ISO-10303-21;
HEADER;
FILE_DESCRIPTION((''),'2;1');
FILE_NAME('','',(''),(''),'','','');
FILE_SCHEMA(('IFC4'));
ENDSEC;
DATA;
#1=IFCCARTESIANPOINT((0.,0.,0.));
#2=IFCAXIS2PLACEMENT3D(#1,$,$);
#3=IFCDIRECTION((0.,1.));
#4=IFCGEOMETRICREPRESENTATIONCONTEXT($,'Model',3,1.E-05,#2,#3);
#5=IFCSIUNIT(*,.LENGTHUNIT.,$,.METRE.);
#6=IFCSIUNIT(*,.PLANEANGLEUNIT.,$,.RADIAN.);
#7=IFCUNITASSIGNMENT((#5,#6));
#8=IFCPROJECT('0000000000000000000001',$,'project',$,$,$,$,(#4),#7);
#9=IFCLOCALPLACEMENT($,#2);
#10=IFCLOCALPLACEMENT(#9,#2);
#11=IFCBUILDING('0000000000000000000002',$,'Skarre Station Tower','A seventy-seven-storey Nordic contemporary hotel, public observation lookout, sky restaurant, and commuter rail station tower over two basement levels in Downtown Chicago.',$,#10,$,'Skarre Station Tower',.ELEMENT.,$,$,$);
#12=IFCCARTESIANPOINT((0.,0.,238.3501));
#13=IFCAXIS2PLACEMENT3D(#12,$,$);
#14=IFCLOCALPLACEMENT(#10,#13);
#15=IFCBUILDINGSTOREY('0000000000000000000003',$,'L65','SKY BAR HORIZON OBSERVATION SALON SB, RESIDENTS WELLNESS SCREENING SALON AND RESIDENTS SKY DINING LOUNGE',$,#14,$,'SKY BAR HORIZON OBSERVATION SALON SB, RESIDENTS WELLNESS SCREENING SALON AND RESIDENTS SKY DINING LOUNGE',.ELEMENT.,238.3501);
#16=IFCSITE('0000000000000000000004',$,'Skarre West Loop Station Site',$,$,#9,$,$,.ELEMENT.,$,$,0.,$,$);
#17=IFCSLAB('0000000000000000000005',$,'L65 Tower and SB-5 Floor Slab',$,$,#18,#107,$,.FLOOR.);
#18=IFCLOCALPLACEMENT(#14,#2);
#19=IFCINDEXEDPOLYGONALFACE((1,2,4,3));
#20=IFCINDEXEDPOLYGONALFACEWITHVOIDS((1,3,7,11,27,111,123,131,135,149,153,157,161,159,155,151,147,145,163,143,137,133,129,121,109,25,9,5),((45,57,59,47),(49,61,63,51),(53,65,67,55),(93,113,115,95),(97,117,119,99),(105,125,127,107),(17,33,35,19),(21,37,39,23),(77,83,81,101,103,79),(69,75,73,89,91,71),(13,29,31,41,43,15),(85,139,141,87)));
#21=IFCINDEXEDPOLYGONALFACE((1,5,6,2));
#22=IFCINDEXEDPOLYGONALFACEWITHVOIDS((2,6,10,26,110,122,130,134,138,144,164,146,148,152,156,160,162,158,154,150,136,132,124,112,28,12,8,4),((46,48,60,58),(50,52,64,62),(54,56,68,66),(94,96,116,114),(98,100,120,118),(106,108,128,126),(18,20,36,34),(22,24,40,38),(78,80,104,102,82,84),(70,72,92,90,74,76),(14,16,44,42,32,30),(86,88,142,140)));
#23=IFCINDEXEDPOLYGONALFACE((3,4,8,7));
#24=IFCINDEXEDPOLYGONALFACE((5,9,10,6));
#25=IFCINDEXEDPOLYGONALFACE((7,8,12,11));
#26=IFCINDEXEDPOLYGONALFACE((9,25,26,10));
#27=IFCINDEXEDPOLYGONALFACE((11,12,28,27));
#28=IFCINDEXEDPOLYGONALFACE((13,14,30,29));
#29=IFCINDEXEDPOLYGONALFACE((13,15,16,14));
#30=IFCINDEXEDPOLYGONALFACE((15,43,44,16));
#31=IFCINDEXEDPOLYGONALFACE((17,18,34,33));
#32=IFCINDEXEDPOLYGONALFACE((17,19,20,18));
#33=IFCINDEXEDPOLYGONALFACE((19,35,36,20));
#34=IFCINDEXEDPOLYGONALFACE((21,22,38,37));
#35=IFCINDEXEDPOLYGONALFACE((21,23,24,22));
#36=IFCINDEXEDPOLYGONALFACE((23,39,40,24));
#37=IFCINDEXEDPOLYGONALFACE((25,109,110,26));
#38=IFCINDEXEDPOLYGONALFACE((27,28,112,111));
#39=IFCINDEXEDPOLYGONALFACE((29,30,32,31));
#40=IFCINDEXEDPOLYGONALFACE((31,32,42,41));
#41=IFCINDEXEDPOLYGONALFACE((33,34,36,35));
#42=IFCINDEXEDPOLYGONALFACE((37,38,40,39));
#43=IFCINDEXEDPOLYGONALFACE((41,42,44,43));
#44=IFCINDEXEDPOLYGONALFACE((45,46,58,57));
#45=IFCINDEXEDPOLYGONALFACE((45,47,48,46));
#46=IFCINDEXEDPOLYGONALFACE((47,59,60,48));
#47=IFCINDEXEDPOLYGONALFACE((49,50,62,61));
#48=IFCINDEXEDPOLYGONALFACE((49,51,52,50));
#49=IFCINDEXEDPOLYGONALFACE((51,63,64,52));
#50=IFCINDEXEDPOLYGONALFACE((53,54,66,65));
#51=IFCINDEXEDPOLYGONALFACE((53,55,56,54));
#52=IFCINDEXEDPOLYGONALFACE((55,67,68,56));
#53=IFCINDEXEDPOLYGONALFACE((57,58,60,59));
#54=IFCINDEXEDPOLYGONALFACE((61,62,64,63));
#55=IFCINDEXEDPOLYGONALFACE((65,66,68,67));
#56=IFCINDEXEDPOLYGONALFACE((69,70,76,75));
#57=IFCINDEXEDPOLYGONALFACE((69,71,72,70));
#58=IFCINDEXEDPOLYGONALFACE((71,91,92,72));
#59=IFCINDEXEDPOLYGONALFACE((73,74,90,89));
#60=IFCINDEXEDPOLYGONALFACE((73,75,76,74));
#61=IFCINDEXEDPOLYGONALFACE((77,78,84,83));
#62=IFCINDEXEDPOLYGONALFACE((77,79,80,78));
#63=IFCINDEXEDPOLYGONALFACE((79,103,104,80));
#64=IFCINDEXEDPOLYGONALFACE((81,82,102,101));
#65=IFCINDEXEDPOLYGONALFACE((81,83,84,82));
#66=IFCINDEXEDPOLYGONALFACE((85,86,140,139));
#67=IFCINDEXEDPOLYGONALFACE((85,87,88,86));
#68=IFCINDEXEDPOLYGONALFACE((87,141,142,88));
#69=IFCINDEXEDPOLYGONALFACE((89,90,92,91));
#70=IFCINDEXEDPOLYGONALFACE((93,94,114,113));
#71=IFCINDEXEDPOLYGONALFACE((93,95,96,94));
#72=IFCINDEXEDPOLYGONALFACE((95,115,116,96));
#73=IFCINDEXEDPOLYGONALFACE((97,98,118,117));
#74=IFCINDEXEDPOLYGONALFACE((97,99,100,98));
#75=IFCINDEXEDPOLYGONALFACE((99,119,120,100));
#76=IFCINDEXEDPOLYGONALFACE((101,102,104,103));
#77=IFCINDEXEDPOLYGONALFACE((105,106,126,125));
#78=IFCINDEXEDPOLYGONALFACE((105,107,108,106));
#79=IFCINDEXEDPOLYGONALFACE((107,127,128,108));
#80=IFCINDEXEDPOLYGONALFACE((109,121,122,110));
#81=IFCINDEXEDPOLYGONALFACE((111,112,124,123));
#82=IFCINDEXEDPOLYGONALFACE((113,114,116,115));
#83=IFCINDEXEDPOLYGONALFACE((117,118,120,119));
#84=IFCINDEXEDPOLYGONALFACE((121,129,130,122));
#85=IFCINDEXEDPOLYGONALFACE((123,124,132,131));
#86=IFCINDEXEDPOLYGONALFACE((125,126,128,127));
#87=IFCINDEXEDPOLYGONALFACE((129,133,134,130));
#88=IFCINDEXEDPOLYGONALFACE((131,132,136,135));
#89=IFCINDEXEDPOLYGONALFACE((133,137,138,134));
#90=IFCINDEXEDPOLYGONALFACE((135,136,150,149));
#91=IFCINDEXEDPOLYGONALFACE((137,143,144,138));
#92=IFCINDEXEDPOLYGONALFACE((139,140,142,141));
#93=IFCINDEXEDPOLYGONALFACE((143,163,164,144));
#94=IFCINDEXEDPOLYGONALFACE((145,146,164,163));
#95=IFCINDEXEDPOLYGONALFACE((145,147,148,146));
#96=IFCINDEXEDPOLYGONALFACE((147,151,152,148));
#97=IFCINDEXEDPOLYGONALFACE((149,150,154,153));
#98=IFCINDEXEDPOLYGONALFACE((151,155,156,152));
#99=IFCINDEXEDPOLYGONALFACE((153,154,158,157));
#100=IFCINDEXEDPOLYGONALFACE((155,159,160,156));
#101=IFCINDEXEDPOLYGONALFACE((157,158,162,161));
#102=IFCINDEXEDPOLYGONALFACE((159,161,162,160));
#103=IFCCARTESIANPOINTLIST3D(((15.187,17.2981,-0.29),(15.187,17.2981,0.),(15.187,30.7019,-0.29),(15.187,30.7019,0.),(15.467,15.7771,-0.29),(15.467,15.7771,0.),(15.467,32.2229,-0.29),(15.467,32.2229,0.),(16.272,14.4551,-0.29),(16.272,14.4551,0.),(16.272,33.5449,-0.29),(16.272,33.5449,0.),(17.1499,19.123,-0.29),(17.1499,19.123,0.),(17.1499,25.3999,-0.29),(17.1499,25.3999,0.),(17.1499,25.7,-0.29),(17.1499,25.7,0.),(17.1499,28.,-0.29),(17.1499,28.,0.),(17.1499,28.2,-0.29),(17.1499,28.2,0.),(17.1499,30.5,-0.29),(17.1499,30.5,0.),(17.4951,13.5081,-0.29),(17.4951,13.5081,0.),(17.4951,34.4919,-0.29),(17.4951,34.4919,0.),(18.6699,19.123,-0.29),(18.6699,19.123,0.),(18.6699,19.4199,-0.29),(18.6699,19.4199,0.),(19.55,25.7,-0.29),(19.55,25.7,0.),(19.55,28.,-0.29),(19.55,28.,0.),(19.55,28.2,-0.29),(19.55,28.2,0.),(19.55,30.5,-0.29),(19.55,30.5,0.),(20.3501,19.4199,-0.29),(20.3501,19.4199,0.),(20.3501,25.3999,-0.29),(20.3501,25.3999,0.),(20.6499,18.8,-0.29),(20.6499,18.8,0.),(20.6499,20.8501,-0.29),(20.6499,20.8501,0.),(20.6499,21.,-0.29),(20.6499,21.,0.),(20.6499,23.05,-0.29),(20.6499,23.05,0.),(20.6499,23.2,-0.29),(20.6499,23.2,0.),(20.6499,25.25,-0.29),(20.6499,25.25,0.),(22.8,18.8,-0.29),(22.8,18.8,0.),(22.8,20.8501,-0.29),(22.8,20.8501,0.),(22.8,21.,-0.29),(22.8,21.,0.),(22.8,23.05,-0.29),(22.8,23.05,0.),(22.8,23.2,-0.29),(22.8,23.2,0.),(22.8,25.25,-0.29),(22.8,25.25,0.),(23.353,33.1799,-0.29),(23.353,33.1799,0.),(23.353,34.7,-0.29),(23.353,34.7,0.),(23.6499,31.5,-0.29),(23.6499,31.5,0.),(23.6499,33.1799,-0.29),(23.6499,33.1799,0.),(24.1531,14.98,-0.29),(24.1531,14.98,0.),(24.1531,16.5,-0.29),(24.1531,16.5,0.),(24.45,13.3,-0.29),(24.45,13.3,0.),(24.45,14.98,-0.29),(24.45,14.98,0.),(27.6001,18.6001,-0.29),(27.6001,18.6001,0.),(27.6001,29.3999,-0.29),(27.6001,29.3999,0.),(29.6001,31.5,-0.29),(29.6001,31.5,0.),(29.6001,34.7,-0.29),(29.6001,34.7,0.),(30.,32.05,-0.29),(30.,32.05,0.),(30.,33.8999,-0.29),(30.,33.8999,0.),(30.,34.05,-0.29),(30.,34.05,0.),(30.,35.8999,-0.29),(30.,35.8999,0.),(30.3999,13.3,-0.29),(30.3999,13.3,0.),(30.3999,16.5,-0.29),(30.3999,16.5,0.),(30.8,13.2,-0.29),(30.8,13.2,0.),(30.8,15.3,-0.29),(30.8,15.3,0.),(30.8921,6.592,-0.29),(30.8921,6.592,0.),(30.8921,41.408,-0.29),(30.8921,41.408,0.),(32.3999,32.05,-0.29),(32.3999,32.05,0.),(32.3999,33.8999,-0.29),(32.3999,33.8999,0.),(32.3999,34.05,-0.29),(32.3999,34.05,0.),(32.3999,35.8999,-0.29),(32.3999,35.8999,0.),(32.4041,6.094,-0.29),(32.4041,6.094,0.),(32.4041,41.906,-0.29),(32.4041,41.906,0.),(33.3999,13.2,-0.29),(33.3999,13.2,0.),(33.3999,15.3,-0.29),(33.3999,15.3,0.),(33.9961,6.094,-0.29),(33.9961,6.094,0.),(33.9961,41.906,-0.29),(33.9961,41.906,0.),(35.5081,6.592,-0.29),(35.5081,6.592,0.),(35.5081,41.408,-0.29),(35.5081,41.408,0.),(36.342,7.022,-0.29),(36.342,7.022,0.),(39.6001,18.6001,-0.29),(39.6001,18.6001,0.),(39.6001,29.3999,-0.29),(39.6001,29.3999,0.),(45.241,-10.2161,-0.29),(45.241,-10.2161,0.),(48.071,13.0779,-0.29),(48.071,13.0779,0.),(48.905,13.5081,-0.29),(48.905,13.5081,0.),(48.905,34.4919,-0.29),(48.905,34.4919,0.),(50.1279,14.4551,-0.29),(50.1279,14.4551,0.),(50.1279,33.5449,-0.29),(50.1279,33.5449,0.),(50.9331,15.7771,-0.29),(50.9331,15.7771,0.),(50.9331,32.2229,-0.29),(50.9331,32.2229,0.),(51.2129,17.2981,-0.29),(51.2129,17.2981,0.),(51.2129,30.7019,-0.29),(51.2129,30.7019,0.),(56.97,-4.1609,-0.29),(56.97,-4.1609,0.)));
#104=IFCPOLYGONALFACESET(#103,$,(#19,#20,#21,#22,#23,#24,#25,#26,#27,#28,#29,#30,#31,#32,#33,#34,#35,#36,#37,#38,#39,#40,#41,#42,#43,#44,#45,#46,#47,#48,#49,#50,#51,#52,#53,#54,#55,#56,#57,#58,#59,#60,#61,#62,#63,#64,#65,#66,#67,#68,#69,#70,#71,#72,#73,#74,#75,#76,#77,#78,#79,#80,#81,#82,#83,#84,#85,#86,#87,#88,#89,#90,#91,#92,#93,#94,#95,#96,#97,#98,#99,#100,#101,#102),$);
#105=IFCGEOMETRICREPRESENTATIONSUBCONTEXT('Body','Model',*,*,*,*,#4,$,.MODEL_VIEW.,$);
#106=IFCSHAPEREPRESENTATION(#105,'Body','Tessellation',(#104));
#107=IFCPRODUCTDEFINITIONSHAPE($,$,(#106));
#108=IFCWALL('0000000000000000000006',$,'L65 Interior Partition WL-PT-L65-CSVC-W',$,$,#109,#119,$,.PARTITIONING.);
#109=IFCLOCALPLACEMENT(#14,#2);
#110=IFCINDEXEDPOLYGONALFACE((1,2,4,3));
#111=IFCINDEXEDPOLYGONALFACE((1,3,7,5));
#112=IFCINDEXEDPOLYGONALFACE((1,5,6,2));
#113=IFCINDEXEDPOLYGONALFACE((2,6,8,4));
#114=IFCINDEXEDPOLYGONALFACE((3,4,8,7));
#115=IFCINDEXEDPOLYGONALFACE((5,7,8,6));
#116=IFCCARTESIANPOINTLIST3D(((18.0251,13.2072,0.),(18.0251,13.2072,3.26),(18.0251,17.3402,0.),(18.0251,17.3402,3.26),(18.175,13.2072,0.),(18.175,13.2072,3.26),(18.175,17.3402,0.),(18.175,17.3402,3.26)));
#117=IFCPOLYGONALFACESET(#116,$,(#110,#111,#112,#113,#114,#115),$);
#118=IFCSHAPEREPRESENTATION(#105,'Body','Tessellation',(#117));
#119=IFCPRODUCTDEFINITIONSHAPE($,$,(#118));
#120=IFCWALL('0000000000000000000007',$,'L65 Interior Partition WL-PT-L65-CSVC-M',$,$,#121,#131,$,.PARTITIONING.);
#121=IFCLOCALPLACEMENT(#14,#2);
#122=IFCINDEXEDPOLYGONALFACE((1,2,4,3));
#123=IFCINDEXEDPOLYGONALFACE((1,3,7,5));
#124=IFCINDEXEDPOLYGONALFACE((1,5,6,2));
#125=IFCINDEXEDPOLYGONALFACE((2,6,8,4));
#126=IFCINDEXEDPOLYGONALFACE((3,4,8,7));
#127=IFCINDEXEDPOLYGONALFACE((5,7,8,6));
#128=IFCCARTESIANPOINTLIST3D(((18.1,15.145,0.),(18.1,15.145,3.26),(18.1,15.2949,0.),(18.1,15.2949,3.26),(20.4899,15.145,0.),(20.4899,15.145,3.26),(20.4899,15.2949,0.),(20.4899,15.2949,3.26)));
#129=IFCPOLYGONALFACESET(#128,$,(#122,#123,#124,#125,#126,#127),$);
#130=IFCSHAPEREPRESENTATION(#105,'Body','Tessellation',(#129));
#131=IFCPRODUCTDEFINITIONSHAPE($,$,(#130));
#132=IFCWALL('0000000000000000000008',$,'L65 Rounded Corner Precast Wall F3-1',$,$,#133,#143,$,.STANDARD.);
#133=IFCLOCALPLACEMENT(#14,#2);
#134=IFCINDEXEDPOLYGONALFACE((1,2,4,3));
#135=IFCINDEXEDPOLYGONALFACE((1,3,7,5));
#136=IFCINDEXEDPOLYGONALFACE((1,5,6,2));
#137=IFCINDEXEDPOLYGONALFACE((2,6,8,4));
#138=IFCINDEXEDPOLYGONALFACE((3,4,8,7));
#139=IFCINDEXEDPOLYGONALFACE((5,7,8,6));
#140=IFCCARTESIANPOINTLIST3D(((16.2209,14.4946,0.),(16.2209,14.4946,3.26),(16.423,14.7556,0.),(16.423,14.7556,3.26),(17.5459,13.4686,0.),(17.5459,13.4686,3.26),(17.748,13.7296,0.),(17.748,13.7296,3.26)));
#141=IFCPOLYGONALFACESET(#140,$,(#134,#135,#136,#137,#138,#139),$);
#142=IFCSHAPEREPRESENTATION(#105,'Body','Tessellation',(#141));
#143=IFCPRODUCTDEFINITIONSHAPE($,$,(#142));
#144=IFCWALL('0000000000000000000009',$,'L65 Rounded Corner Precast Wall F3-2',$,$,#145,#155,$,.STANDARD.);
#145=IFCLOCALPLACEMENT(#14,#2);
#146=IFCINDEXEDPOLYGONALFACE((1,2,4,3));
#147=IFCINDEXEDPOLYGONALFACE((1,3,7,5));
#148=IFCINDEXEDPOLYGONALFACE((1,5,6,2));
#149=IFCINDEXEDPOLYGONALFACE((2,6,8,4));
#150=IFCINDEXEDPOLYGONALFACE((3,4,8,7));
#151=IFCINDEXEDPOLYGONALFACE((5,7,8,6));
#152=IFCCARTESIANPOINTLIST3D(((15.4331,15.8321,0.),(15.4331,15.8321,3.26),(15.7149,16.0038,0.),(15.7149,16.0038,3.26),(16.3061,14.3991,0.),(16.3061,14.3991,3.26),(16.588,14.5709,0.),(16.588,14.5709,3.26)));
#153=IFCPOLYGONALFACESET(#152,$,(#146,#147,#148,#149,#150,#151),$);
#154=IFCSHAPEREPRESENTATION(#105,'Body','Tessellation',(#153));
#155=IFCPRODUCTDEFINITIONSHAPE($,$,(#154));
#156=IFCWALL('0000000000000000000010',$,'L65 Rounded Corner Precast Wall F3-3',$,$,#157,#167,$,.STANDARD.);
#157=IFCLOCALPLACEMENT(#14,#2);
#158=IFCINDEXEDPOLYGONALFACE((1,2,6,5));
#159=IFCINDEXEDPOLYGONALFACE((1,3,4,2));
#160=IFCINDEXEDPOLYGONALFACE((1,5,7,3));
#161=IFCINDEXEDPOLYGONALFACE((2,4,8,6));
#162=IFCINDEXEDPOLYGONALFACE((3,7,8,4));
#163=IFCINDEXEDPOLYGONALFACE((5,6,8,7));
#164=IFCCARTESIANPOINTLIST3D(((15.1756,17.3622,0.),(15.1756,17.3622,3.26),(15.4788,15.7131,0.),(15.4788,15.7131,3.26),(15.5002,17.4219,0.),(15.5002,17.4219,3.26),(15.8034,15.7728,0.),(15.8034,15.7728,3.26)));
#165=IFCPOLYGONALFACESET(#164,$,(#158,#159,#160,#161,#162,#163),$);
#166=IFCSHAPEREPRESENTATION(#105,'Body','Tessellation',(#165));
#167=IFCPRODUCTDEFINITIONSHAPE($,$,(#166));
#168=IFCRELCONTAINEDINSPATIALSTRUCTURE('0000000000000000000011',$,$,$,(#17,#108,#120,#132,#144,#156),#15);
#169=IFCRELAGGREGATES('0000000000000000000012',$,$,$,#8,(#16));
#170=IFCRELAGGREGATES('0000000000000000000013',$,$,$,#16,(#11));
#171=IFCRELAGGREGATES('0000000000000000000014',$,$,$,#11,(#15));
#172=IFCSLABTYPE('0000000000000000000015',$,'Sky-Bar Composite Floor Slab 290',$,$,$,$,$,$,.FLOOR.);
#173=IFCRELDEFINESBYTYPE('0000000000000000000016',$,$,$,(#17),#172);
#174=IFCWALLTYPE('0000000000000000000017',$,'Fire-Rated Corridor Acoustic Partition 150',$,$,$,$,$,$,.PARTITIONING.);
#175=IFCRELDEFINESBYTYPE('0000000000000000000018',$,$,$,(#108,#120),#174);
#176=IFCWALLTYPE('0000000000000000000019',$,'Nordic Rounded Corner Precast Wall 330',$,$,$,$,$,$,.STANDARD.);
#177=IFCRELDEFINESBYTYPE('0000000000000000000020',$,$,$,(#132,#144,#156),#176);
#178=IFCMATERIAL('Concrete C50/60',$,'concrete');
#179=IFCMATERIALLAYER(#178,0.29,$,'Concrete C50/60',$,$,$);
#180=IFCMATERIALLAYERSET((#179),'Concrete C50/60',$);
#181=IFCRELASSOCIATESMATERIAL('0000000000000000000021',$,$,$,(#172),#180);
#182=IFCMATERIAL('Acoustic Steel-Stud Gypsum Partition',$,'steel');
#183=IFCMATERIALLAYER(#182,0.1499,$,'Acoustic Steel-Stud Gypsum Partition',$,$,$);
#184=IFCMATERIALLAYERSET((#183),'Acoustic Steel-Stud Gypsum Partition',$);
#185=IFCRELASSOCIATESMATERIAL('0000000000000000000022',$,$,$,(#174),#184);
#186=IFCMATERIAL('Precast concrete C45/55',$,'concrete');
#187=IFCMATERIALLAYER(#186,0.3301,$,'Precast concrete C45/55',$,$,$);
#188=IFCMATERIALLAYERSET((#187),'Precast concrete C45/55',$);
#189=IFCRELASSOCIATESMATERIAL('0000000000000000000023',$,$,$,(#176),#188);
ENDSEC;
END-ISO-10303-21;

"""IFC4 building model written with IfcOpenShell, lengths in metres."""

from ifc_helpers import new_model, si_unit, direction, frame, frame_2d, origin, place, context, subcontext, project, spatial, polyline, rectangle, outline, extrude, material, layer, layer_set, type_object, element, save


model = new_model("IFC4")

# Units and contexts
model_context = context("Model", 3, precision=1e-05, world=origin(), true_north=direction((0.0, 1.0)))
body_context = subcontext(model_context, "Body", "Model", "MODEL_VIEW")
ifc_project = project(units=[si_unit("LENGTHUNIT", "METRE"), si_unit("PLANEANGLEUNIT", "RADIAN")], contexts=[model_context])

# Site, building, storey
site_placement = place(None, origin())
site = spatial("IfcSite", under=ifc_project, at=site_placement, Name="Skarre West Loop Station Site", CompositionType="ELEMENT", RefElevation=0.0)
building_placement = place(site_placement, origin())
building = spatial("IfcBuilding", under=site, at=building_placement, Name="Skarre Station Tower", Description="A seventy-seven-storey Nordic contemporary hotel, public observation lookout, sky restaurant, and commuter rail station tower over two basement levels in Downtown Chicago.", LongName="Skarre Station Tower", CompositionType="ELEMENT")
storey_placement = place(building_placement, frame((0.0, 0.0, 238.3501)))
storey = spatial("IfcBuildingStorey", under=building, at=storey_placement, Name="L65", Description="SKY BAR HORIZON OBSERVATION SALON SB, RESIDENTS WELLNESS SCREENING SALON AND RESIDENTS SKY DINING LOUNGE", LongName="SKY BAR HORIZON OBSERVATION SALON SB, RESIDENTS WELLNESS SCREENING SALON AND RESIDENTS SKY DINING LOUNGE", CompositionType="ELEMENT", Elevation=238.3501)

# Slab
ifc_material_1 = material(Name="Concrete C50/60", Category="concrete")
ifc_layer_1 = layer(ifc_material_1, 0.29, Name="Concrete C50/60")
ifc_layer_set_1 = layer_set([ifc_layer_1], Name="Concrete C50/60")
slab_type_1 = type_object("IfcSlabType", Name="Sky-Bar Composite Floor Slab 290", PredefinedType="FLOOR", material=ifc_layer_set_1)
slab_1_placement = place(storey_placement, frame((0.0, 0.0, -0.29)))
element("IfcSlab", 1, at=slab_1_placement, inside=storey, type_object=slab_type_1, Name="L65 Tower and SB-5 Floor Slab", PredefinedType="FLOOR", context=body_context, shape_type="SweptSolid", body=[
    extrude(outline(polyline([(48.071, 13.0779), (48.905, 13.5081), (50.1279, 14.4551), (50.9331, 15.7771), (51.2129, 17.2981), (51.2129, 30.7019), (50.9331, 32.2229), (50.1279, 33.5449), (48.905, 34.4919), (35.5081, 41.408), (33.9961, 41.906), (32.4041, 41.906), (30.8921, 41.408), (17.4951, 34.4919), (16.272, 33.5449), (15.467, 32.2229), (15.187, 30.7019), (15.187, 17.2981), (15.467, 15.7771), (16.272, 14.4551), (17.4951, 13.5081), (30.8921, 6.592), (32.4041, 6.094), (33.9961, 6.094), (35.5081, 6.592), (36.342, 7.022), (45.241, -10.2161), (56.97, -4.1609), (48.071, 13.0779)]), holes=[polyline([(18.6699, 19.4199), (18.6699, 19.123), (17.1499, 19.123), (17.1499, 25.3999), (20.3501, 25.3999), (20.3501, 19.4199), (18.6699, 19.4199)]), polyline([(24.45, 14.98), (24.1531, 14.98), (24.1531, 16.5), (30.3999, 16.5), (30.3999, 13.3), (24.45, 13.3), (24.45, 14.98)]), polyline([(23.6499, 33.1799), (23.353, 33.1799), (23.353, 34.7), (29.6001, 34.7), (29.6001, 31.5), (23.6499, 31.5), (23.6499, 33.1799)]), polyline([(17.1499, 28.0), (19.55, 28.0), (19.55, 25.7), (17.1499, 25.7), (17.1499, 28.0)]), polyline([(17.1499, 30.5), (19.55, 30.5), (19.55, 28.2), (17.1499, 28.2), (17.1499, 30.5)]), polyline([(30.8, 15.3), (33.3999, 15.3), (33.3999, 13.2), (30.8, 13.2), (30.8, 15.3)]), polyline([(20.6499, 20.8501), (22.8, 20.8501), (22.8, 18.8), (20.6499, 18.8), (20.6499, 20.8501)]), polyline([(20.6499, 23.05), (22.8, 23.05), (22.8, 21.0), (20.6499, 21.0), (20.6499, 23.05)]), polyline([(20.6499, 25.25), (22.8, 25.25), (22.8, 23.2), (20.6499, 23.2), (20.6499, 25.25)]), polyline([(30.0, 33.8999), (32.3999, 33.8999), (32.3999, 32.05), (30.0, 32.05), (30.0, 33.8999)]), polyline([(30.0, 35.8999), (32.3999, 35.8999), (32.3999, 34.05), (30.0, 34.05), (30.0, 35.8999)]), polyline([(27.6001, 29.3999), (39.6001, 29.3999), (39.6001, 18.6001), (27.6001, 18.6001), (27.6001, 29.3999)])]), origin(), (0.0, 0.0, 1.0), 0.29),
])

# Walls
ifc_material_2 = material(Name="Acoustic Steel-Stud Gypsum Partition", Category="steel")
ifc_layer_2 = layer(ifc_material_2, 0.1499, Name="Acoustic Steel-Stud Gypsum Partition")
ifc_layer_set_2 = layer_set([ifc_layer_2], Name="Acoustic Steel-Stud Gypsum Partition")
wall_type_1 = type_object("IfcWallType", Name="Fire-Rated Corridor Acoustic Partition 150", PredefinedType="PARTITIONING", material=ifc_layer_set_2)
wall_1_placement = place(storey_placement, frame((18.1001, 17.3401, 0.0), z_axis=(0.0, 0.0, 1.0), x_axis=(0.0, -1.0, 0.0)))
element("IfcWall", 2, at=wall_1_placement, inside=storey, type_object=wall_type_1, Name="L65 Interior Partition WL-PT-L65-CSVC-W", PredefinedType="PARTITIONING", context=body_context, shape_type="SweptSolid", body=[
    extrude(rectangle(XDim=4.1331, YDim=0.1499, at=frame_2d((2.0664, 0.0))), origin(), (0.0, 0.0, 1.0), 3.26),
])
wall_2_placement = place(storey_placement, frame((18.1001, 15.22, 0.0), z_axis=(0.0, 0.0, 1.0), x_axis=(1.0, 0.0, 0.0)))
element("IfcWall", 3, at=wall_2_placement, inside=storey, type_object=wall_type_1, Name="L65 Interior Partition WL-PT-L65-CSVC-M", PredefinedType="PARTITIONING", context=body_context, shape_type="SweptSolid", body=[
    extrude(rectangle(XDim=2.3899, YDim=0.1499, at=frame_2d((1.1948, 0.0))), origin(), (0.0, 0.0, 1.0), 3.26),
])
ifc_material_3 = material(Name="Precast concrete C45/55", Category="concrete")
ifc_layer_3 = layer(ifc_material_3, 0.3301, Name="Precast concrete C45/55")
ifc_layer_set_3 = layer_set([ifc_layer_3], Name="Precast concrete C45/55")
wall_type_2 = type_object("IfcWallType", Name="Nordic Rounded Corner Precast Wall 330", PredefinedType="STANDARD", material=ifc_layer_set_3)
wall_3_placement = place(storey_placement, frame((17.647, 13.5991, 0.0), z_axis=(0.0, 0.0, 1.0), x_axis=(-0.790692, 0.612214, 0.0)))
element("IfcWall", 4, at=wall_3_placement, inside=storey, type_object=wall_type_2, Name="L65 Rounded Corner Precast Wall F3-1", PredefinedType="STANDARD", context=body_context, shape_type="SweptSolid", body=[
    extrude(rectangle(XDim=1.6758, YDim=0.3301, at=frame_2d((0.8379, 0.0))), origin(), (0.0, 0.0, 1.0), 3.26),
])
wall_4_placement = place(storey_placement, frame((16.447, 14.4851, 0.0), z_axis=(0.0, 0.0, 1.0), x_axis=(-0.520325, 0.853968, 0.0)))
element("IfcWall", 5, at=wall_4_placement, inside=storey, type_object=wall_type_2, Name="L65 Rounded Corner Precast Wall F3-2", PredefinedType="STANDARD", context=body_context, shape_type="SweptSolid", body=[
    extrude(rectangle(XDim=1.678, YDim=0.3301, at=frame_2d((0.8389, 0.0))), origin(), (0.0, 0.0, 1.0), 3.26),
])
wall_5_placement = place(storey_placement, frame((15.6411, 15.7429, 0.0), z_axis=(0.0, 0.0, 1.0), x_axis=(-0.180833, 0.983514, 0.0)))
element("IfcWall", 6, at=wall_5_placement, inside=storey, type_object=wall_type_2, Name="L65 Rounded Corner Precast Wall F3-3", PredefinedType="STANDARD", context=body_context, shape_type="SweptSolid", body=[
    extrude(rectangle(XDim=1.6768, YDim=0.3301, at=frame_2d((0.8384, 0.0))), origin(), (0.0, 0.0, 1.0), 3.26),
])

save(model, "model.ifc")
